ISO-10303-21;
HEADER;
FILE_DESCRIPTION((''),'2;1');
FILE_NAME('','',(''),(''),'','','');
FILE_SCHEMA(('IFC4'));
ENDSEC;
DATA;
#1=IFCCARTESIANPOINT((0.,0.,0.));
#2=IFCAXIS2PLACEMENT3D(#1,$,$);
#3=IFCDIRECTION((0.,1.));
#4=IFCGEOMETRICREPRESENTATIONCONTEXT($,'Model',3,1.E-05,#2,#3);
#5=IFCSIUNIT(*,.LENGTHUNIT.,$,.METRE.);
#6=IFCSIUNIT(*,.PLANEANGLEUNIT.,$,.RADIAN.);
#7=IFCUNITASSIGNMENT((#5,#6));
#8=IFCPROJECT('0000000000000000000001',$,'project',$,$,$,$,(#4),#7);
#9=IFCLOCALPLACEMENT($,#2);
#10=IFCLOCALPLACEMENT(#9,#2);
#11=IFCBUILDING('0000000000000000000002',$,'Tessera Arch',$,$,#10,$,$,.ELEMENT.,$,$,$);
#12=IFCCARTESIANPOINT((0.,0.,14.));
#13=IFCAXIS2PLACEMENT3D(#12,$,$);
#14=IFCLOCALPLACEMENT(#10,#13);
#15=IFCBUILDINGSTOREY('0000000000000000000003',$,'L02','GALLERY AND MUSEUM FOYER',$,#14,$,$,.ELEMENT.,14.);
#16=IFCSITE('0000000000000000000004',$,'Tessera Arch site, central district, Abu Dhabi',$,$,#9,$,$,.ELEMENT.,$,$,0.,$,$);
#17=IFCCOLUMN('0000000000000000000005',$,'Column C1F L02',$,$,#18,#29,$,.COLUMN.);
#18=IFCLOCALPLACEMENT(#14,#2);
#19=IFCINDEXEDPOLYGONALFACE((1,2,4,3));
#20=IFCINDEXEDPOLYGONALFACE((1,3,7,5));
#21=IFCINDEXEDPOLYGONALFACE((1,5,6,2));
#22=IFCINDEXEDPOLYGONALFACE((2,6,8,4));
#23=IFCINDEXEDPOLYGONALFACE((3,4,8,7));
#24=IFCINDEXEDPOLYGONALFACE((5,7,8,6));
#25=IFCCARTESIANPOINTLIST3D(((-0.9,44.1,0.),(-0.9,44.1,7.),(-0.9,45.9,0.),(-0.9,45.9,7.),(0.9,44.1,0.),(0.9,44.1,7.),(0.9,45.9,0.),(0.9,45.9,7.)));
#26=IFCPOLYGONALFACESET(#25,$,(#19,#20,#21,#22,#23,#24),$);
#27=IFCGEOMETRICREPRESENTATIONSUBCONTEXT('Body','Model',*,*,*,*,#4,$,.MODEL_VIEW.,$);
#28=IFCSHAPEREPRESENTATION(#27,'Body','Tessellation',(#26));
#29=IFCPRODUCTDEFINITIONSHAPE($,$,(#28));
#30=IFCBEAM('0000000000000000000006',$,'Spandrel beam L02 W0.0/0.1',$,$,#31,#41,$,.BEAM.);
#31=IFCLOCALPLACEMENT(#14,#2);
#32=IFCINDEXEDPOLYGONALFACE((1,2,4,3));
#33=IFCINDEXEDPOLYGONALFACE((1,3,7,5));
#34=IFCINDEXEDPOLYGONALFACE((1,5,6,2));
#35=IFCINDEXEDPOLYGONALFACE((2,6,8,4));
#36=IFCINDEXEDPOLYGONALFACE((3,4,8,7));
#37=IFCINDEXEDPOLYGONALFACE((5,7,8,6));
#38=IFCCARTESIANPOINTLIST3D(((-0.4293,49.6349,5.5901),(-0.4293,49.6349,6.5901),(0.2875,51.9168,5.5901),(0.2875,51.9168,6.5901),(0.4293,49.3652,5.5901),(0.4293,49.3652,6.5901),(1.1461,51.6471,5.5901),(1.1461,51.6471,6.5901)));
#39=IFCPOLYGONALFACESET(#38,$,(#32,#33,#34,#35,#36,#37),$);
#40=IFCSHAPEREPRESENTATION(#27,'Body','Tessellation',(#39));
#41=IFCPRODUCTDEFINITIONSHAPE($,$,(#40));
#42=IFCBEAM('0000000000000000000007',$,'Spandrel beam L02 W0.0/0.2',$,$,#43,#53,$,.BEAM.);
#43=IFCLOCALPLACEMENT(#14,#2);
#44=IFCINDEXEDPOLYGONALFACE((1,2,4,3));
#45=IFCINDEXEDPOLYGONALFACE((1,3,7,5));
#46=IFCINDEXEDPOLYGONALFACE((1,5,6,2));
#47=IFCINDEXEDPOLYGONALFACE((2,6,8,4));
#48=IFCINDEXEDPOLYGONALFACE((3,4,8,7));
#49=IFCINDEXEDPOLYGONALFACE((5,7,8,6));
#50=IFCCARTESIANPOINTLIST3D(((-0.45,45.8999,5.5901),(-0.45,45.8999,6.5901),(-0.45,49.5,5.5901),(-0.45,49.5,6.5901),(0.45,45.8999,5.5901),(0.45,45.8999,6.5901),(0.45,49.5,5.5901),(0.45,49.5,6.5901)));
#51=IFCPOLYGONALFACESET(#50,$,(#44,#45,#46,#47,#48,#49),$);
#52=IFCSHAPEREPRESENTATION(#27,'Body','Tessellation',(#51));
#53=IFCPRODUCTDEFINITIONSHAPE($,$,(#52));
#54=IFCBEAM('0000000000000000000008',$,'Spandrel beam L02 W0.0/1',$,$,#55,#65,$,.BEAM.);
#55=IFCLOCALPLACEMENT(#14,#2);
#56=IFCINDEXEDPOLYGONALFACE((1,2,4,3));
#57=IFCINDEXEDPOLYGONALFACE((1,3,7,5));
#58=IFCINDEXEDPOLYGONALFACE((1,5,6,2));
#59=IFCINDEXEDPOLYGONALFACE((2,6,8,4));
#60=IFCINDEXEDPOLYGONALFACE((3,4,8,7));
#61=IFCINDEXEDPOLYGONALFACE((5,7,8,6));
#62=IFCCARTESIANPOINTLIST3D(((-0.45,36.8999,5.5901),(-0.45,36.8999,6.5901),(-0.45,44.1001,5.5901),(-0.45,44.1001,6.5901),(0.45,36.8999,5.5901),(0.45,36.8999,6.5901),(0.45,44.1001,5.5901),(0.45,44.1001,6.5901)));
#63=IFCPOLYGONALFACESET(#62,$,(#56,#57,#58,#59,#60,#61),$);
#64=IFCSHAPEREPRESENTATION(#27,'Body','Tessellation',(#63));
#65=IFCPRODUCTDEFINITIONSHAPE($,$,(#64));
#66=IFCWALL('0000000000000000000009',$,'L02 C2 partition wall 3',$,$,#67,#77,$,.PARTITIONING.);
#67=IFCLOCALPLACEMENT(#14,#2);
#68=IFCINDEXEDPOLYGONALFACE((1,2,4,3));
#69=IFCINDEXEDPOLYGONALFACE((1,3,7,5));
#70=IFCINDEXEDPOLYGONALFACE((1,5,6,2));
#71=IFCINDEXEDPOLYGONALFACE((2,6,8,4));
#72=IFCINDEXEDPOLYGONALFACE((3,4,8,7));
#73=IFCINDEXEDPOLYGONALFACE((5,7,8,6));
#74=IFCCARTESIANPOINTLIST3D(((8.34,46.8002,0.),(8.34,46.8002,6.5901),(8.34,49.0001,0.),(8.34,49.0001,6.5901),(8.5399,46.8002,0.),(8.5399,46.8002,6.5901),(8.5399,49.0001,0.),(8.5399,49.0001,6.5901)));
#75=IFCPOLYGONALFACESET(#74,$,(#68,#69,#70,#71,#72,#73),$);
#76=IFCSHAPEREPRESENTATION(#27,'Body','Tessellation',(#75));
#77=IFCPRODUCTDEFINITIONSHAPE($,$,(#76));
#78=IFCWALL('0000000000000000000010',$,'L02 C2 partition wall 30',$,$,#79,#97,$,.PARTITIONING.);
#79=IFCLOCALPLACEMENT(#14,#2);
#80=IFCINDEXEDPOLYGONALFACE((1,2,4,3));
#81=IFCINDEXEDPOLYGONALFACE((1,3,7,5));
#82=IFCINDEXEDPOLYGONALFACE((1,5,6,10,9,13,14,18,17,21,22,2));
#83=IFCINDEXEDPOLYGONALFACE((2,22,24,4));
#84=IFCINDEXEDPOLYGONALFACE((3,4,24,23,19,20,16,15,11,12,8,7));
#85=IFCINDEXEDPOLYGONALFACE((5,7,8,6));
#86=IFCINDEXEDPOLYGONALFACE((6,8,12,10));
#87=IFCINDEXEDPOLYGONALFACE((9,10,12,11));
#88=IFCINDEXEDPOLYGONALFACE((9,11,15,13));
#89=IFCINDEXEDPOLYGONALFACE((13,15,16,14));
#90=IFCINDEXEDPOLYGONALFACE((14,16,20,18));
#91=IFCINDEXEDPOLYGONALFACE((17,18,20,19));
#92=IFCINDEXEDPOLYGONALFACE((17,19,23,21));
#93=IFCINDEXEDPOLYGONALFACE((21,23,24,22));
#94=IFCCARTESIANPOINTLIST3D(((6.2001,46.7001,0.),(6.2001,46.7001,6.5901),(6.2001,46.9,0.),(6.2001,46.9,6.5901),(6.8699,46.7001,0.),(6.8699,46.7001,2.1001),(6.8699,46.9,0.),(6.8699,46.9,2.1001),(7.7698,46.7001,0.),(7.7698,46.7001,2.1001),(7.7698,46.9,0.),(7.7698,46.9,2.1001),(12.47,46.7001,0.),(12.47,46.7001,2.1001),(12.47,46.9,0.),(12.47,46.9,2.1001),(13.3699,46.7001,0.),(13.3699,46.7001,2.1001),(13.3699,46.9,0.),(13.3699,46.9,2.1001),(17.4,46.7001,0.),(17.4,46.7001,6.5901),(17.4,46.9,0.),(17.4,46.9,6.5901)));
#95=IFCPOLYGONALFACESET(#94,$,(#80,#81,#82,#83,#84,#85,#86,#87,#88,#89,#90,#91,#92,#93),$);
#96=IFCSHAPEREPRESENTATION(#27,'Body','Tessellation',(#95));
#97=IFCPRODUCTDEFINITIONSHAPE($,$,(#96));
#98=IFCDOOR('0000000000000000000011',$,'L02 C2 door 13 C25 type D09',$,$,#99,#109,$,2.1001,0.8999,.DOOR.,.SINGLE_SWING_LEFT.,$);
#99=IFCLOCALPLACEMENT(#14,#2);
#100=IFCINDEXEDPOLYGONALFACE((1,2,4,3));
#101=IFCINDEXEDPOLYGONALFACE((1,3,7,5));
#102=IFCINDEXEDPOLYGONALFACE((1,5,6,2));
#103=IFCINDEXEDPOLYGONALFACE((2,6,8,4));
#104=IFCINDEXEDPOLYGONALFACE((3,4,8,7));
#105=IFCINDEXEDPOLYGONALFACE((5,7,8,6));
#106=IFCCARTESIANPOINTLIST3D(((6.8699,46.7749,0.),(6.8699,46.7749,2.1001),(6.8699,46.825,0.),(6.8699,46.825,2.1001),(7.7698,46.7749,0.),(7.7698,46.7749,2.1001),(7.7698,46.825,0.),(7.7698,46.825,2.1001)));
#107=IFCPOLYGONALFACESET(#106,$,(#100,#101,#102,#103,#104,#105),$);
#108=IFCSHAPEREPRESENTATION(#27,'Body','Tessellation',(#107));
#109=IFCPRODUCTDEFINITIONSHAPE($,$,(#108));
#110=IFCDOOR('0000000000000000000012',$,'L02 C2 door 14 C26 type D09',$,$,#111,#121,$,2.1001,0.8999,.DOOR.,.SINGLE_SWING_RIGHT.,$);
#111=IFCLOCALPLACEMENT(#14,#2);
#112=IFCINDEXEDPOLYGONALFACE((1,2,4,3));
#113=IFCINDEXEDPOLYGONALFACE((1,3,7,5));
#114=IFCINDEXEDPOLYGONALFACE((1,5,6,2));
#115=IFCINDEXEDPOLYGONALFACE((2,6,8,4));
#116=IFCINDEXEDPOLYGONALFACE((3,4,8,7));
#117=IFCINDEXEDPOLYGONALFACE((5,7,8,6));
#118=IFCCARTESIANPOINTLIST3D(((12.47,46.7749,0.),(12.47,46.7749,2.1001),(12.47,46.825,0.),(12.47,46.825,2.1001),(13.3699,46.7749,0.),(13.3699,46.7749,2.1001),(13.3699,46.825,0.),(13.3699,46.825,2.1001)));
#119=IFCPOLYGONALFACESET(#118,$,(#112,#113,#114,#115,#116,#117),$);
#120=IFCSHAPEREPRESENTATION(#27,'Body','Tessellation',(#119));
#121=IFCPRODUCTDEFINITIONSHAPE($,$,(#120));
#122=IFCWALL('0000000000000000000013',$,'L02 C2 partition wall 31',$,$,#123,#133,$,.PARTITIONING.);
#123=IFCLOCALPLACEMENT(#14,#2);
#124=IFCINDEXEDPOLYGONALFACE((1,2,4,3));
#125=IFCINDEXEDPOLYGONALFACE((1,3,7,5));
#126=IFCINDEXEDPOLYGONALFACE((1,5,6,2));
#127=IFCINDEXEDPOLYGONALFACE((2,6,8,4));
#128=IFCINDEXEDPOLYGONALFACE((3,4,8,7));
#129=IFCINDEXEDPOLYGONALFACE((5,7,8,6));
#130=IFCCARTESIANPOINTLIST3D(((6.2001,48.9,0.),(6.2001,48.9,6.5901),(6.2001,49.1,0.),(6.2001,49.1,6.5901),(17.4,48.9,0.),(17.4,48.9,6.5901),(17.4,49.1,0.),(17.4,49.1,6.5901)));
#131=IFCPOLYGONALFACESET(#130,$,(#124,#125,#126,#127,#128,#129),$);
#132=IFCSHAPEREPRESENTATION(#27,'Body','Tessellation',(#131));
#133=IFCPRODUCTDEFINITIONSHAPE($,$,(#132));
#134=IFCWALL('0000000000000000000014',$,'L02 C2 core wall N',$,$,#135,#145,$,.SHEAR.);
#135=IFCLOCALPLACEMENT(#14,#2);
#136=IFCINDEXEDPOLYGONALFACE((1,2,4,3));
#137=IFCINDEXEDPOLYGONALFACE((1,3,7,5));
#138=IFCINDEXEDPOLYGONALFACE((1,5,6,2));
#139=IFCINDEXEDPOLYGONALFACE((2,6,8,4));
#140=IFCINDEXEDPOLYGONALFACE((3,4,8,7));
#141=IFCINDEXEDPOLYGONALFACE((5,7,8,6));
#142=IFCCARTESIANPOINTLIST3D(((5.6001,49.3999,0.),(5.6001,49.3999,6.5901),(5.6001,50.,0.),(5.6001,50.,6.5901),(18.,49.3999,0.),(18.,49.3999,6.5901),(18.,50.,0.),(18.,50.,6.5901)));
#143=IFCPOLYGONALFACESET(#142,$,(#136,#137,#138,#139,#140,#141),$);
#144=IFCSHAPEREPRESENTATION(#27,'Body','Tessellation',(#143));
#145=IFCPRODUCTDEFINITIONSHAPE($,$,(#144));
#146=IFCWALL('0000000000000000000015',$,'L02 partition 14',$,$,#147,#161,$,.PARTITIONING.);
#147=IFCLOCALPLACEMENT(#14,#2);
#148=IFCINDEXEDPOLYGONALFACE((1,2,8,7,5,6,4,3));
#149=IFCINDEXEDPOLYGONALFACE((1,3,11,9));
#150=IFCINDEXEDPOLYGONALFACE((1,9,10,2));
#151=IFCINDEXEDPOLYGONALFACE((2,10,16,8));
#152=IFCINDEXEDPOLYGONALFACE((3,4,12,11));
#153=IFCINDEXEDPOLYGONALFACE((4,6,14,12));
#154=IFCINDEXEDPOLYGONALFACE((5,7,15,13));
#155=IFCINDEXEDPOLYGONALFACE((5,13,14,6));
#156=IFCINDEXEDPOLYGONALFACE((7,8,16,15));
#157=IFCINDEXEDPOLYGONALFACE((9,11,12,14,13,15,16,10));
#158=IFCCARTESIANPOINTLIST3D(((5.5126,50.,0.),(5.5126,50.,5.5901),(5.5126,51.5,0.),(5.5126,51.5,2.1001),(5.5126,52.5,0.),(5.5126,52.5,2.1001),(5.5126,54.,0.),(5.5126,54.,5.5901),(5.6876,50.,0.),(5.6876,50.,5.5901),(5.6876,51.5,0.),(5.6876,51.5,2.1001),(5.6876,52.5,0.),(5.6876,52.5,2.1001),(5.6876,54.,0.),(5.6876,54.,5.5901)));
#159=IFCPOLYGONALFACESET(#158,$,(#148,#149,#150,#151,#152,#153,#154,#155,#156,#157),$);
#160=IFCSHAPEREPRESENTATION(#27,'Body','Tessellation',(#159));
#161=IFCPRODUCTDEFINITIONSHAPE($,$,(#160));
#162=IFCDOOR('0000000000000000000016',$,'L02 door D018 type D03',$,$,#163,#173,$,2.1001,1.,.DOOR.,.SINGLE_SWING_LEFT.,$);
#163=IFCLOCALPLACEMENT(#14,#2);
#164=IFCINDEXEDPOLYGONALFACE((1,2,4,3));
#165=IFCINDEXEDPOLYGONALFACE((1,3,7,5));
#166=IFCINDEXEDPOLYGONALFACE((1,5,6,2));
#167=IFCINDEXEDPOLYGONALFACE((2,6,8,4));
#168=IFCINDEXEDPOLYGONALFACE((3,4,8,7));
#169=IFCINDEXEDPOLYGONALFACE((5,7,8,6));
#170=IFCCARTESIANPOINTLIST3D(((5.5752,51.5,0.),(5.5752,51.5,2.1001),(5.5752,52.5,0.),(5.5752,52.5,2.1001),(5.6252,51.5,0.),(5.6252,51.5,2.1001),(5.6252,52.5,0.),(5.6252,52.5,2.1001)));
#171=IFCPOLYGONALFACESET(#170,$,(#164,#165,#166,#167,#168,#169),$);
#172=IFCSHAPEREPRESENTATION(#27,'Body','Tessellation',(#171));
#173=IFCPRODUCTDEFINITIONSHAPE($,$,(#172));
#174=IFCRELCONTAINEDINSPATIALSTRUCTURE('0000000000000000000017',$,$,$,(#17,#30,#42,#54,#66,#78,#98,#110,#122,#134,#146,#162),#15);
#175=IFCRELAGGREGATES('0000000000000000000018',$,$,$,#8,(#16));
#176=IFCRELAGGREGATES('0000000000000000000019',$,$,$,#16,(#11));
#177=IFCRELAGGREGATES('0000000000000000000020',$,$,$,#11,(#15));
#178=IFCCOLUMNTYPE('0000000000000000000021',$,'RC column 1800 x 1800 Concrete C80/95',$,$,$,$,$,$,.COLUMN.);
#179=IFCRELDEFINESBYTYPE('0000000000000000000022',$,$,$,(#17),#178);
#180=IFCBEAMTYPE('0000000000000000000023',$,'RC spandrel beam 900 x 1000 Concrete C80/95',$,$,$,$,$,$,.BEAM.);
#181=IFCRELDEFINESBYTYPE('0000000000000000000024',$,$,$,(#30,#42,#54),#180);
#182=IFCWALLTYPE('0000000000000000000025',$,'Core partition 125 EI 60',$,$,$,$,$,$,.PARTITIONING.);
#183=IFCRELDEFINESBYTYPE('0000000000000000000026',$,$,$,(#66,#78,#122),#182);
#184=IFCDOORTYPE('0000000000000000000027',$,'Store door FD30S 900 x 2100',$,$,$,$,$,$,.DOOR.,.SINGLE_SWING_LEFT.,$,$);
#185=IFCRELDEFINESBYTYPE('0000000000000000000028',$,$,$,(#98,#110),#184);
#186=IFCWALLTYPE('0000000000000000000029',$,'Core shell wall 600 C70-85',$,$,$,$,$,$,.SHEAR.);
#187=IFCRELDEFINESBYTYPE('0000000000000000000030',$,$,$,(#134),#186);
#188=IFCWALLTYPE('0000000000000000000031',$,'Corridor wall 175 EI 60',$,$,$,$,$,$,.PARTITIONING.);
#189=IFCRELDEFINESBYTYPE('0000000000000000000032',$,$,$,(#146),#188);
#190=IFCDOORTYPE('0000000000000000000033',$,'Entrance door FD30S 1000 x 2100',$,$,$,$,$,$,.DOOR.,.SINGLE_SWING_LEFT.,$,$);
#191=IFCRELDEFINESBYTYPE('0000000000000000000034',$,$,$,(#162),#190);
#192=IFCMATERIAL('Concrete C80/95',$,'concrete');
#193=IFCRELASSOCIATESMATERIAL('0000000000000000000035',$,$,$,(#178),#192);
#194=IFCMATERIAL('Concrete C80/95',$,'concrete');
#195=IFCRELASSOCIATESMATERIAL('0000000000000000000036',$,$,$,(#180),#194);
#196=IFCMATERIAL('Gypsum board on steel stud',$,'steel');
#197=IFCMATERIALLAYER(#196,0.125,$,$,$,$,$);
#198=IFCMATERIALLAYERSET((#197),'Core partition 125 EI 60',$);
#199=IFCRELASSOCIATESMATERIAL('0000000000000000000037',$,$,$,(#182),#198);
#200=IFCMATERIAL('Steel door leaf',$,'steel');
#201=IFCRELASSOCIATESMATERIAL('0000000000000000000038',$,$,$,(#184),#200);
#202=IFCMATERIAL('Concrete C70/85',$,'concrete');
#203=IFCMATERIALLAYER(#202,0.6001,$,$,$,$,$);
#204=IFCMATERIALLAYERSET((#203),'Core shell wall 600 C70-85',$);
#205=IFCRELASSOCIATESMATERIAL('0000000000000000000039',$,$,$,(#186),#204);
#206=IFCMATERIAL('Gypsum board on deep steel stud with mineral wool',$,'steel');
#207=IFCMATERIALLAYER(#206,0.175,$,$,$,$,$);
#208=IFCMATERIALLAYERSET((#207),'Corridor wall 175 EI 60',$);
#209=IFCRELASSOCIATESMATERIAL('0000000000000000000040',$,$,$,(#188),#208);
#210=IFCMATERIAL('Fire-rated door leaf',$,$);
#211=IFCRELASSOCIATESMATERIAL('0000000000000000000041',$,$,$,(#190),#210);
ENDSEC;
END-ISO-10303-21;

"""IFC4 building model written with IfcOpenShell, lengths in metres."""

from ifc_helpers import new_model, si_unit, direction, frame, frame_2d, origin, origin_2d, place, context, subcontext, project, spatial, rectangle, extrude, material, layer, layer_set, material_profile, profile_set, type_object, element, fill, save


model = new_model("IFC4")

# Units and contexts
model_context = context("Model", 3, precision=1e-05, world=origin(), true_north=direction((0.0, 1.0)))
body_context = subcontext(model_context, "Body", "Model", "MODEL_VIEW")
ifc_project = project(units=[si_unit("LENGTHUNIT", "METRE"), si_unit("PLANEANGLEUNIT", "RADIAN")], contexts=[model_context])

# Site, building, storey
site_placement = place(None, origin())
site = spatial("IfcSite", under=ifc_project, at=site_placement, Name="Tessera Arch site, central district, Abu Dhabi", CompositionType="ELEMENT", RefElevation=0.0)
building_placement = place(site_placement, origin())
building = spatial("IfcBuilding", under=site, at=building_placement, Name="Tessera Arch", CompositionType="ELEMENT")
storey_placement = place(building_placement, frame((0.0, 0.0, 14.0)))
storey = spatial("IfcBuildingStorey", under=building, at=storey_placement, Name="L02", Description="GALLERY AND MUSEUM FOYER", CompositionType="ELEMENT", Elevation=14.0)

# Column
ifc_material_1 = material(Name="Concrete C80/95", Category="concrete")
ifc_material_profile_1 = material_profile(ifc_material_1, rectangle(XDim=1.8, YDim=1.8, at=origin_2d()), Name="RC column 1800 x 1800 Concrete C80/95")
ifc_profile_set_1 = profile_set([ifc_material_profile_1], Name="Concrete C80/95")
column_type = type_object("IfcColumnType", Name="RC column 1800 x 1800 Concrete C80/95", PredefinedType="COLUMN", material=ifc_profile_set_1)
column_placement = place(storey_placement, frame((0.0, 45.0, 0.0), z_axis=(0.0, 0.0, 1.0), x_axis=(1.0, 0.0, 0.0)))
element("IfcColumn", 1, at=column_placement, inside=storey, type_object=column_type, Name="Column C1F L02", PredefinedType="COLUMN", context=body_context, shape_type="SweptSolid", body=[
    extrude(rectangle(XDim=1.8, YDim=1.8, at=origin_2d()), origin(), (0.0, 0.0, 1.0), 7.0),
])

# Beams
ifc_material_2 = material(Name="Concrete C80/95", Category="concrete")
ifc_material_profile_2 = material_profile(ifc_material_2, rectangle(XDim=0.8999, YDim=1.0, at=origin_2d()), Name="RC spandrel beam 900 x 1000 Concrete C80/95")
ifc_profile_set_2 = profile_set([ifc_material_profile_2], Name="Concrete C80/95")
beam_type = type_object("IfcBeamType", Name="RC spandrel beam 900 x 1000 Concrete C80/95", PredefinedType="BEAM", material=ifc_profile_set_2)
beam_1_placement = place(storey_placement, frame((0.7168, 51.782, 6.0901), z_axis=(-0.299675, -0.954041, 0.0), x_axis=(0.954041, -0.299675, 0.0)))
element("IfcBeam", 2, at=beam_1_placement, inside=storey, type_object=beam_type, Name="Spandrel beam L02 W0.0/0.1", PredefinedType="BEAM", context=body_context, shape_type="SweptSolid", body=[
    extrude(rectangle(XDim=0.8999, YDim=1.0, at=origin_2d()), origin(), (0.0, 0.0, 1.0), 2.3918),
])
beam_2_placement = place(storey_placement, frame((0.0, 49.5, 6.0901), z_axis=(0.0, -1.0, 0.0), x_axis=(1.0, 0.0, 0.0)))
element("IfcBeam", 3, at=beam_2_placement, inside=storey, type_object=beam_type, Name="Spandrel beam L02 W0.0/0.2", PredefinedType="BEAM", context=body_context, shape_type="SweptSolid", body=[
    extrude(rectangle(XDim=0.8999, YDim=1.0, at=origin_2d()), origin(), (0.0, 0.0, 1.0), 3.6001),
])
beam_3_placement = place(storey_placement, frame((0.0, 44.1001, 6.0901), z_axis=(0.0, -1.0, 0.0), x_axis=(1.0, 0.0, 0.0)))
element("IfcBeam", 4, at=beam_3_placement, inside=storey, type_object=beam_type, Name="Spandrel beam L02 W0.0/1", PredefinedType="BEAM", context=body_context, shape_type="SweptSolid", body=[
    extrude(rectangle(XDim=0.8999, YDim=1.0, at=origin_2d()), origin(), (0.0, 0.0, 1.0), 7.2002),
])

# Wall
ifc_material_3 = material(Name="Gypsum board on steel stud", Category="steel")
ifc_layer_1 = layer(ifc_material_3, 0.125)
ifc_layer_set_1 = layer_set([ifc_layer_1], Name="Core partition 125 EI 60")
wall_type_1 = type_object("IfcWallType", Name="Core partition 125 EI 60", PredefinedType="PARTITIONING", material=ifc_layer_set_1)
wall_1_placement = place(storey_placement, frame((8.4399, 46.8, 0.0), z_axis=(0.0, 0.0, 1.0), x_axis=(0.0, 1.0, 0.0)))
element("IfcWall", 5, at=wall_1_placement, inside=storey, type_object=wall_type_1, Name="L02 C2 partition wall 3", PredefinedType="PARTITIONING", context=body_context, shape_type="SweptSolid", body=[
    extrude(rectangle(XDim=2.2, YDim=0.2, at=frame_2d((1.1001, 0.0))), origin(), (0.0, 0.0, 1.0), 6.5901),
])

# Wall, openings, doors
wall_2_placement = place(storey_placement, frame((6.2, 46.8, 0.0), z_axis=(0.0, 0.0, 1.0), x_axis=(1.0, 0.0, 0.0)))
wall_2 = element("IfcWall", 6, at=wall_2_placement, inside=storey, type_object=wall_type_1, Name="L02 C2 partition wall 30", PredefinedType="PARTITIONING", context=body_context, shape_type="SweptSolid", body=[
    extrude(rectangle(XDim=11.2, YDim=0.2, at=frame_2d((5.6001, 0.0))), origin(), (0.0, 0.0, 1.0), 6.5901),
])
opening_1_placement = place(wall_2_placement, frame((0.6699, 0.0, 0.0)))
opening_1 = element("IfcOpeningElement", 7, at=opening_1_placement, cuts=wall_2, PredefinedType="OPENING", context=body_context, shape_type="SweptSolid", body=[
    extrude(rectangle(XDim=0.8999, YDim=2.1001, at=frame_2d((0.45, 1.05))), frame((0.0, 0.1099, 0.0), z_axis=(0.0, -1.0, 0.0), x_axis=(1.0, 0.0, 0.0)), (0.0, 0.0, 1.0), 0.22),
])
opening_2_placement = place(wall_2_placement, frame((6.27, 0.0, 0.0)))
opening_2 = element("IfcOpeningElement", 8, at=opening_2_placement, cuts=wall_2, PredefinedType="OPENING", context=body_context, shape_type="SweptSolid", body=[
    extrude(rectangle(XDim=0.8999, YDim=2.1001, at=frame_2d((0.45, 1.05))), frame((0.0, 0.1099, 0.0), z_axis=(0.0, -1.0, 0.0), x_axis=(1.0, 0.0, 0.0)), (0.0, 0.0, 1.0), 0.22),
])
ifc_material_4 = material(Name="Steel door leaf", Category="steel")
door_type_1 = type_object("IfcDoorType", Name="Store door FD30S 900 x 2100", OperationType="SINGLE_SWING_LEFT", PredefinedType="DOOR", material=ifc_material_4)
door_1_placement = place(opening_1_placement, origin())
door_1 = element("IfcDoor", 9, at=door_1_placement, inside=storey, type_object=door_type_1, Name="L02 C2 door 13 C25 type D09", OperationType="SINGLE_SWING_LEFT", OverallHeight=2.1001, OverallWidth=0.8999, PredefinedType="DOOR", context=body_context, shape_type="SweptSolid", body=[
    extrude(rectangle(XDim=0.8999, YDim=2.1001, at=frame_2d((0.45, 1.05))), frame((0.0, 0.0249, 0.0), z_axis=(0.0, -1.0, 0.0), x_axis=(1.0, 0.0, 0.0)), (0.0, 0.0, 1.0), 0.05),
])
fill(opening_1, door_1)
door_2_placement = place(opening_2_placement, origin())
door_2 = element("IfcDoor", 10, at=door_2_placement, inside=storey, type_object=door_type_1, Name="L02 C2 door 14 C26 type D09", OperationType="SINGLE_SWING_RIGHT", OverallHeight=2.1001, OverallWidth=0.8999, PredefinedType="DOOR", context=body_context, shape_type="SweptSolid", body=[
    extrude(rectangle(XDim=0.8999, YDim=2.1001, at=frame_2d((0.45, 1.05))), frame((0.0, 0.0249, 0.0), z_axis=(0.0, -1.0, 0.0), x_axis=(1.0, 0.0, 0.0)), (0.0, 0.0, 1.0), 0.05),
])
fill(opening_2, door_2)

# Walls
wall_3_placement = place(storey_placement, frame((6.2, 49.0, 0.0), z_axis=(0.0, 0.0, 1.0), x_axis=(1.0, 0.0, 0.0)))
element("IfcWall", 11, at=wall_3_placement, inside=storey, type_object=wall_type_1, Name="L02 C2 partition wall 31", PredefinedType="PARTITIONING", context=body_context, shape_type="SweptSolid", body=[
    extrude(rectangle(XDim=11.2, YDim=0.2, at=frame_2d((5.6001, 0.0))), origin(), (0.0, 0.0, 1.0), 6.5901),
])
ifc_material_5 = material(Name="Concrete C70/85", Category="concrete")
ifc_layer_2 = layer(ifc_material_5, 0.6001)
ifc_layer_set_2 = layer_set([ifc_layer_2], Name="Core shell wall 600 C70-85")
wall_type_2 = type_object("IfcWallType", Name="Core shell wall 600 C70-85", PredefinedType="SHEAR", material=ifc_layer_set_2)
wall_4_placement = place(storey_placement, frame((5.6001, 49.7, 0.0), z_axis=(0.0, 0.0, 1.0), x_axis=(1.0, 0.0, 0.0)))
element("IfcWall", 12, at=wall_4_placement, inside=storey, type_object=wall_type_2, Name="L02 C2 core wall N", PredefinedType="SHEAR", context=body_context, shape_type="SweptSolid", body=[
    extrude(rectangle(XDim=12.3999, YDim=0.6001, at=frame_2d((6.2, 0.0))), origin(), (0.0, 0.0, 1.0), 6.5901),
])

# Wall, opening, door
ifc_material_6 = material(Name="Gypsum board on deep steel stud with mineral wool", Category="steel")
ifc_layer_3 = layer(ifc_material_6, 0.175)
ifc_layer_set_3 = layer_set([ifc_layer_3], Name="Corridor wall 175 EI 60")
wall_type_3 = type_object("IfcWallType", Name="Corridor wall 175 EI 60", PredefinedType="PARTITIONING", material=ifc_layer_set_3)
wall_5_placement = place(storey_placement, frame((5.6001, 50.0, 0.0), z_axis=(0.0, 0.0, 1.0), x_axis=(0.0, 1.0, 0.0)))
wall_5 = element("IfcWall", 13, at=wall_5_placement, inside=storey, type_object=wall_type_3, Name="L02 partition 14", PredefinedType="PARTITIONING", context=body_context, shape_type="SweptSolid", body=[
    extrude(rectangle(XDim=4.0, YDim=0.175, at=frame_2d((2.0, 0.0))), origin(), (0.0, 0.0, 1.0), 5.5901),
])
opening_3_placement = place(wall_5_placement, frame((1.5, 0.0, 0.0)))
opening_3 = element("IfcOpeningElement", 14, at=opening_3_placement, cuts=wall_5, PredefinedType="OPENING", context=body_context, shape_type="SweptSolid", body=[
    extrude(rectangle(XDim=1.0, YDim=2.1001, at=frame_2d((0.5, 1.05))), frame((0.0, 0.0974, 0.0), z_axis=(0.0, -1.0, 0.0), x_axis=(1.0, 0.0, 0.0)), (0.0, 0.0, 1.0), 0.1951),
])
ifc_material_7 = material(Name="Fire-rated door leaf")
door_type_2 = type_object("IfcDoorType", Name="Entrance door FD30S 1000 x 2100", OperationType="SINGLE_SWING_LEFT", PredefinedType="DOOR", material=ifc_material_7)
door_3_placement = place(opening_3_placement, origin())
door_3 = element("IfcDoor", 15, at=door_3_placement, inside=storey, type_object=door_type_2, Name="L02 door D018 type D03", OperationType="SINGLE_SWING_LEFT", OverallHeight=2.1001, OverallWidth=1.0, PredefinedType="DOOR", context=body_context, shape_type="SweptSolid", body=[
    extrude(rectangle(XDim=1.0, YDim=2.1001, at=frame_2d((0.5, 1.05))), frame((0.0, 0.0249, 0.0), z_axis=(0.0, -1.0, 0.0), x_axis=(1.0, 0.0, 0.0)), (0.0, 0.0, 1.0), 0.05),
])
fill(opening_3, door_3)

save(model, "model.ifc")
